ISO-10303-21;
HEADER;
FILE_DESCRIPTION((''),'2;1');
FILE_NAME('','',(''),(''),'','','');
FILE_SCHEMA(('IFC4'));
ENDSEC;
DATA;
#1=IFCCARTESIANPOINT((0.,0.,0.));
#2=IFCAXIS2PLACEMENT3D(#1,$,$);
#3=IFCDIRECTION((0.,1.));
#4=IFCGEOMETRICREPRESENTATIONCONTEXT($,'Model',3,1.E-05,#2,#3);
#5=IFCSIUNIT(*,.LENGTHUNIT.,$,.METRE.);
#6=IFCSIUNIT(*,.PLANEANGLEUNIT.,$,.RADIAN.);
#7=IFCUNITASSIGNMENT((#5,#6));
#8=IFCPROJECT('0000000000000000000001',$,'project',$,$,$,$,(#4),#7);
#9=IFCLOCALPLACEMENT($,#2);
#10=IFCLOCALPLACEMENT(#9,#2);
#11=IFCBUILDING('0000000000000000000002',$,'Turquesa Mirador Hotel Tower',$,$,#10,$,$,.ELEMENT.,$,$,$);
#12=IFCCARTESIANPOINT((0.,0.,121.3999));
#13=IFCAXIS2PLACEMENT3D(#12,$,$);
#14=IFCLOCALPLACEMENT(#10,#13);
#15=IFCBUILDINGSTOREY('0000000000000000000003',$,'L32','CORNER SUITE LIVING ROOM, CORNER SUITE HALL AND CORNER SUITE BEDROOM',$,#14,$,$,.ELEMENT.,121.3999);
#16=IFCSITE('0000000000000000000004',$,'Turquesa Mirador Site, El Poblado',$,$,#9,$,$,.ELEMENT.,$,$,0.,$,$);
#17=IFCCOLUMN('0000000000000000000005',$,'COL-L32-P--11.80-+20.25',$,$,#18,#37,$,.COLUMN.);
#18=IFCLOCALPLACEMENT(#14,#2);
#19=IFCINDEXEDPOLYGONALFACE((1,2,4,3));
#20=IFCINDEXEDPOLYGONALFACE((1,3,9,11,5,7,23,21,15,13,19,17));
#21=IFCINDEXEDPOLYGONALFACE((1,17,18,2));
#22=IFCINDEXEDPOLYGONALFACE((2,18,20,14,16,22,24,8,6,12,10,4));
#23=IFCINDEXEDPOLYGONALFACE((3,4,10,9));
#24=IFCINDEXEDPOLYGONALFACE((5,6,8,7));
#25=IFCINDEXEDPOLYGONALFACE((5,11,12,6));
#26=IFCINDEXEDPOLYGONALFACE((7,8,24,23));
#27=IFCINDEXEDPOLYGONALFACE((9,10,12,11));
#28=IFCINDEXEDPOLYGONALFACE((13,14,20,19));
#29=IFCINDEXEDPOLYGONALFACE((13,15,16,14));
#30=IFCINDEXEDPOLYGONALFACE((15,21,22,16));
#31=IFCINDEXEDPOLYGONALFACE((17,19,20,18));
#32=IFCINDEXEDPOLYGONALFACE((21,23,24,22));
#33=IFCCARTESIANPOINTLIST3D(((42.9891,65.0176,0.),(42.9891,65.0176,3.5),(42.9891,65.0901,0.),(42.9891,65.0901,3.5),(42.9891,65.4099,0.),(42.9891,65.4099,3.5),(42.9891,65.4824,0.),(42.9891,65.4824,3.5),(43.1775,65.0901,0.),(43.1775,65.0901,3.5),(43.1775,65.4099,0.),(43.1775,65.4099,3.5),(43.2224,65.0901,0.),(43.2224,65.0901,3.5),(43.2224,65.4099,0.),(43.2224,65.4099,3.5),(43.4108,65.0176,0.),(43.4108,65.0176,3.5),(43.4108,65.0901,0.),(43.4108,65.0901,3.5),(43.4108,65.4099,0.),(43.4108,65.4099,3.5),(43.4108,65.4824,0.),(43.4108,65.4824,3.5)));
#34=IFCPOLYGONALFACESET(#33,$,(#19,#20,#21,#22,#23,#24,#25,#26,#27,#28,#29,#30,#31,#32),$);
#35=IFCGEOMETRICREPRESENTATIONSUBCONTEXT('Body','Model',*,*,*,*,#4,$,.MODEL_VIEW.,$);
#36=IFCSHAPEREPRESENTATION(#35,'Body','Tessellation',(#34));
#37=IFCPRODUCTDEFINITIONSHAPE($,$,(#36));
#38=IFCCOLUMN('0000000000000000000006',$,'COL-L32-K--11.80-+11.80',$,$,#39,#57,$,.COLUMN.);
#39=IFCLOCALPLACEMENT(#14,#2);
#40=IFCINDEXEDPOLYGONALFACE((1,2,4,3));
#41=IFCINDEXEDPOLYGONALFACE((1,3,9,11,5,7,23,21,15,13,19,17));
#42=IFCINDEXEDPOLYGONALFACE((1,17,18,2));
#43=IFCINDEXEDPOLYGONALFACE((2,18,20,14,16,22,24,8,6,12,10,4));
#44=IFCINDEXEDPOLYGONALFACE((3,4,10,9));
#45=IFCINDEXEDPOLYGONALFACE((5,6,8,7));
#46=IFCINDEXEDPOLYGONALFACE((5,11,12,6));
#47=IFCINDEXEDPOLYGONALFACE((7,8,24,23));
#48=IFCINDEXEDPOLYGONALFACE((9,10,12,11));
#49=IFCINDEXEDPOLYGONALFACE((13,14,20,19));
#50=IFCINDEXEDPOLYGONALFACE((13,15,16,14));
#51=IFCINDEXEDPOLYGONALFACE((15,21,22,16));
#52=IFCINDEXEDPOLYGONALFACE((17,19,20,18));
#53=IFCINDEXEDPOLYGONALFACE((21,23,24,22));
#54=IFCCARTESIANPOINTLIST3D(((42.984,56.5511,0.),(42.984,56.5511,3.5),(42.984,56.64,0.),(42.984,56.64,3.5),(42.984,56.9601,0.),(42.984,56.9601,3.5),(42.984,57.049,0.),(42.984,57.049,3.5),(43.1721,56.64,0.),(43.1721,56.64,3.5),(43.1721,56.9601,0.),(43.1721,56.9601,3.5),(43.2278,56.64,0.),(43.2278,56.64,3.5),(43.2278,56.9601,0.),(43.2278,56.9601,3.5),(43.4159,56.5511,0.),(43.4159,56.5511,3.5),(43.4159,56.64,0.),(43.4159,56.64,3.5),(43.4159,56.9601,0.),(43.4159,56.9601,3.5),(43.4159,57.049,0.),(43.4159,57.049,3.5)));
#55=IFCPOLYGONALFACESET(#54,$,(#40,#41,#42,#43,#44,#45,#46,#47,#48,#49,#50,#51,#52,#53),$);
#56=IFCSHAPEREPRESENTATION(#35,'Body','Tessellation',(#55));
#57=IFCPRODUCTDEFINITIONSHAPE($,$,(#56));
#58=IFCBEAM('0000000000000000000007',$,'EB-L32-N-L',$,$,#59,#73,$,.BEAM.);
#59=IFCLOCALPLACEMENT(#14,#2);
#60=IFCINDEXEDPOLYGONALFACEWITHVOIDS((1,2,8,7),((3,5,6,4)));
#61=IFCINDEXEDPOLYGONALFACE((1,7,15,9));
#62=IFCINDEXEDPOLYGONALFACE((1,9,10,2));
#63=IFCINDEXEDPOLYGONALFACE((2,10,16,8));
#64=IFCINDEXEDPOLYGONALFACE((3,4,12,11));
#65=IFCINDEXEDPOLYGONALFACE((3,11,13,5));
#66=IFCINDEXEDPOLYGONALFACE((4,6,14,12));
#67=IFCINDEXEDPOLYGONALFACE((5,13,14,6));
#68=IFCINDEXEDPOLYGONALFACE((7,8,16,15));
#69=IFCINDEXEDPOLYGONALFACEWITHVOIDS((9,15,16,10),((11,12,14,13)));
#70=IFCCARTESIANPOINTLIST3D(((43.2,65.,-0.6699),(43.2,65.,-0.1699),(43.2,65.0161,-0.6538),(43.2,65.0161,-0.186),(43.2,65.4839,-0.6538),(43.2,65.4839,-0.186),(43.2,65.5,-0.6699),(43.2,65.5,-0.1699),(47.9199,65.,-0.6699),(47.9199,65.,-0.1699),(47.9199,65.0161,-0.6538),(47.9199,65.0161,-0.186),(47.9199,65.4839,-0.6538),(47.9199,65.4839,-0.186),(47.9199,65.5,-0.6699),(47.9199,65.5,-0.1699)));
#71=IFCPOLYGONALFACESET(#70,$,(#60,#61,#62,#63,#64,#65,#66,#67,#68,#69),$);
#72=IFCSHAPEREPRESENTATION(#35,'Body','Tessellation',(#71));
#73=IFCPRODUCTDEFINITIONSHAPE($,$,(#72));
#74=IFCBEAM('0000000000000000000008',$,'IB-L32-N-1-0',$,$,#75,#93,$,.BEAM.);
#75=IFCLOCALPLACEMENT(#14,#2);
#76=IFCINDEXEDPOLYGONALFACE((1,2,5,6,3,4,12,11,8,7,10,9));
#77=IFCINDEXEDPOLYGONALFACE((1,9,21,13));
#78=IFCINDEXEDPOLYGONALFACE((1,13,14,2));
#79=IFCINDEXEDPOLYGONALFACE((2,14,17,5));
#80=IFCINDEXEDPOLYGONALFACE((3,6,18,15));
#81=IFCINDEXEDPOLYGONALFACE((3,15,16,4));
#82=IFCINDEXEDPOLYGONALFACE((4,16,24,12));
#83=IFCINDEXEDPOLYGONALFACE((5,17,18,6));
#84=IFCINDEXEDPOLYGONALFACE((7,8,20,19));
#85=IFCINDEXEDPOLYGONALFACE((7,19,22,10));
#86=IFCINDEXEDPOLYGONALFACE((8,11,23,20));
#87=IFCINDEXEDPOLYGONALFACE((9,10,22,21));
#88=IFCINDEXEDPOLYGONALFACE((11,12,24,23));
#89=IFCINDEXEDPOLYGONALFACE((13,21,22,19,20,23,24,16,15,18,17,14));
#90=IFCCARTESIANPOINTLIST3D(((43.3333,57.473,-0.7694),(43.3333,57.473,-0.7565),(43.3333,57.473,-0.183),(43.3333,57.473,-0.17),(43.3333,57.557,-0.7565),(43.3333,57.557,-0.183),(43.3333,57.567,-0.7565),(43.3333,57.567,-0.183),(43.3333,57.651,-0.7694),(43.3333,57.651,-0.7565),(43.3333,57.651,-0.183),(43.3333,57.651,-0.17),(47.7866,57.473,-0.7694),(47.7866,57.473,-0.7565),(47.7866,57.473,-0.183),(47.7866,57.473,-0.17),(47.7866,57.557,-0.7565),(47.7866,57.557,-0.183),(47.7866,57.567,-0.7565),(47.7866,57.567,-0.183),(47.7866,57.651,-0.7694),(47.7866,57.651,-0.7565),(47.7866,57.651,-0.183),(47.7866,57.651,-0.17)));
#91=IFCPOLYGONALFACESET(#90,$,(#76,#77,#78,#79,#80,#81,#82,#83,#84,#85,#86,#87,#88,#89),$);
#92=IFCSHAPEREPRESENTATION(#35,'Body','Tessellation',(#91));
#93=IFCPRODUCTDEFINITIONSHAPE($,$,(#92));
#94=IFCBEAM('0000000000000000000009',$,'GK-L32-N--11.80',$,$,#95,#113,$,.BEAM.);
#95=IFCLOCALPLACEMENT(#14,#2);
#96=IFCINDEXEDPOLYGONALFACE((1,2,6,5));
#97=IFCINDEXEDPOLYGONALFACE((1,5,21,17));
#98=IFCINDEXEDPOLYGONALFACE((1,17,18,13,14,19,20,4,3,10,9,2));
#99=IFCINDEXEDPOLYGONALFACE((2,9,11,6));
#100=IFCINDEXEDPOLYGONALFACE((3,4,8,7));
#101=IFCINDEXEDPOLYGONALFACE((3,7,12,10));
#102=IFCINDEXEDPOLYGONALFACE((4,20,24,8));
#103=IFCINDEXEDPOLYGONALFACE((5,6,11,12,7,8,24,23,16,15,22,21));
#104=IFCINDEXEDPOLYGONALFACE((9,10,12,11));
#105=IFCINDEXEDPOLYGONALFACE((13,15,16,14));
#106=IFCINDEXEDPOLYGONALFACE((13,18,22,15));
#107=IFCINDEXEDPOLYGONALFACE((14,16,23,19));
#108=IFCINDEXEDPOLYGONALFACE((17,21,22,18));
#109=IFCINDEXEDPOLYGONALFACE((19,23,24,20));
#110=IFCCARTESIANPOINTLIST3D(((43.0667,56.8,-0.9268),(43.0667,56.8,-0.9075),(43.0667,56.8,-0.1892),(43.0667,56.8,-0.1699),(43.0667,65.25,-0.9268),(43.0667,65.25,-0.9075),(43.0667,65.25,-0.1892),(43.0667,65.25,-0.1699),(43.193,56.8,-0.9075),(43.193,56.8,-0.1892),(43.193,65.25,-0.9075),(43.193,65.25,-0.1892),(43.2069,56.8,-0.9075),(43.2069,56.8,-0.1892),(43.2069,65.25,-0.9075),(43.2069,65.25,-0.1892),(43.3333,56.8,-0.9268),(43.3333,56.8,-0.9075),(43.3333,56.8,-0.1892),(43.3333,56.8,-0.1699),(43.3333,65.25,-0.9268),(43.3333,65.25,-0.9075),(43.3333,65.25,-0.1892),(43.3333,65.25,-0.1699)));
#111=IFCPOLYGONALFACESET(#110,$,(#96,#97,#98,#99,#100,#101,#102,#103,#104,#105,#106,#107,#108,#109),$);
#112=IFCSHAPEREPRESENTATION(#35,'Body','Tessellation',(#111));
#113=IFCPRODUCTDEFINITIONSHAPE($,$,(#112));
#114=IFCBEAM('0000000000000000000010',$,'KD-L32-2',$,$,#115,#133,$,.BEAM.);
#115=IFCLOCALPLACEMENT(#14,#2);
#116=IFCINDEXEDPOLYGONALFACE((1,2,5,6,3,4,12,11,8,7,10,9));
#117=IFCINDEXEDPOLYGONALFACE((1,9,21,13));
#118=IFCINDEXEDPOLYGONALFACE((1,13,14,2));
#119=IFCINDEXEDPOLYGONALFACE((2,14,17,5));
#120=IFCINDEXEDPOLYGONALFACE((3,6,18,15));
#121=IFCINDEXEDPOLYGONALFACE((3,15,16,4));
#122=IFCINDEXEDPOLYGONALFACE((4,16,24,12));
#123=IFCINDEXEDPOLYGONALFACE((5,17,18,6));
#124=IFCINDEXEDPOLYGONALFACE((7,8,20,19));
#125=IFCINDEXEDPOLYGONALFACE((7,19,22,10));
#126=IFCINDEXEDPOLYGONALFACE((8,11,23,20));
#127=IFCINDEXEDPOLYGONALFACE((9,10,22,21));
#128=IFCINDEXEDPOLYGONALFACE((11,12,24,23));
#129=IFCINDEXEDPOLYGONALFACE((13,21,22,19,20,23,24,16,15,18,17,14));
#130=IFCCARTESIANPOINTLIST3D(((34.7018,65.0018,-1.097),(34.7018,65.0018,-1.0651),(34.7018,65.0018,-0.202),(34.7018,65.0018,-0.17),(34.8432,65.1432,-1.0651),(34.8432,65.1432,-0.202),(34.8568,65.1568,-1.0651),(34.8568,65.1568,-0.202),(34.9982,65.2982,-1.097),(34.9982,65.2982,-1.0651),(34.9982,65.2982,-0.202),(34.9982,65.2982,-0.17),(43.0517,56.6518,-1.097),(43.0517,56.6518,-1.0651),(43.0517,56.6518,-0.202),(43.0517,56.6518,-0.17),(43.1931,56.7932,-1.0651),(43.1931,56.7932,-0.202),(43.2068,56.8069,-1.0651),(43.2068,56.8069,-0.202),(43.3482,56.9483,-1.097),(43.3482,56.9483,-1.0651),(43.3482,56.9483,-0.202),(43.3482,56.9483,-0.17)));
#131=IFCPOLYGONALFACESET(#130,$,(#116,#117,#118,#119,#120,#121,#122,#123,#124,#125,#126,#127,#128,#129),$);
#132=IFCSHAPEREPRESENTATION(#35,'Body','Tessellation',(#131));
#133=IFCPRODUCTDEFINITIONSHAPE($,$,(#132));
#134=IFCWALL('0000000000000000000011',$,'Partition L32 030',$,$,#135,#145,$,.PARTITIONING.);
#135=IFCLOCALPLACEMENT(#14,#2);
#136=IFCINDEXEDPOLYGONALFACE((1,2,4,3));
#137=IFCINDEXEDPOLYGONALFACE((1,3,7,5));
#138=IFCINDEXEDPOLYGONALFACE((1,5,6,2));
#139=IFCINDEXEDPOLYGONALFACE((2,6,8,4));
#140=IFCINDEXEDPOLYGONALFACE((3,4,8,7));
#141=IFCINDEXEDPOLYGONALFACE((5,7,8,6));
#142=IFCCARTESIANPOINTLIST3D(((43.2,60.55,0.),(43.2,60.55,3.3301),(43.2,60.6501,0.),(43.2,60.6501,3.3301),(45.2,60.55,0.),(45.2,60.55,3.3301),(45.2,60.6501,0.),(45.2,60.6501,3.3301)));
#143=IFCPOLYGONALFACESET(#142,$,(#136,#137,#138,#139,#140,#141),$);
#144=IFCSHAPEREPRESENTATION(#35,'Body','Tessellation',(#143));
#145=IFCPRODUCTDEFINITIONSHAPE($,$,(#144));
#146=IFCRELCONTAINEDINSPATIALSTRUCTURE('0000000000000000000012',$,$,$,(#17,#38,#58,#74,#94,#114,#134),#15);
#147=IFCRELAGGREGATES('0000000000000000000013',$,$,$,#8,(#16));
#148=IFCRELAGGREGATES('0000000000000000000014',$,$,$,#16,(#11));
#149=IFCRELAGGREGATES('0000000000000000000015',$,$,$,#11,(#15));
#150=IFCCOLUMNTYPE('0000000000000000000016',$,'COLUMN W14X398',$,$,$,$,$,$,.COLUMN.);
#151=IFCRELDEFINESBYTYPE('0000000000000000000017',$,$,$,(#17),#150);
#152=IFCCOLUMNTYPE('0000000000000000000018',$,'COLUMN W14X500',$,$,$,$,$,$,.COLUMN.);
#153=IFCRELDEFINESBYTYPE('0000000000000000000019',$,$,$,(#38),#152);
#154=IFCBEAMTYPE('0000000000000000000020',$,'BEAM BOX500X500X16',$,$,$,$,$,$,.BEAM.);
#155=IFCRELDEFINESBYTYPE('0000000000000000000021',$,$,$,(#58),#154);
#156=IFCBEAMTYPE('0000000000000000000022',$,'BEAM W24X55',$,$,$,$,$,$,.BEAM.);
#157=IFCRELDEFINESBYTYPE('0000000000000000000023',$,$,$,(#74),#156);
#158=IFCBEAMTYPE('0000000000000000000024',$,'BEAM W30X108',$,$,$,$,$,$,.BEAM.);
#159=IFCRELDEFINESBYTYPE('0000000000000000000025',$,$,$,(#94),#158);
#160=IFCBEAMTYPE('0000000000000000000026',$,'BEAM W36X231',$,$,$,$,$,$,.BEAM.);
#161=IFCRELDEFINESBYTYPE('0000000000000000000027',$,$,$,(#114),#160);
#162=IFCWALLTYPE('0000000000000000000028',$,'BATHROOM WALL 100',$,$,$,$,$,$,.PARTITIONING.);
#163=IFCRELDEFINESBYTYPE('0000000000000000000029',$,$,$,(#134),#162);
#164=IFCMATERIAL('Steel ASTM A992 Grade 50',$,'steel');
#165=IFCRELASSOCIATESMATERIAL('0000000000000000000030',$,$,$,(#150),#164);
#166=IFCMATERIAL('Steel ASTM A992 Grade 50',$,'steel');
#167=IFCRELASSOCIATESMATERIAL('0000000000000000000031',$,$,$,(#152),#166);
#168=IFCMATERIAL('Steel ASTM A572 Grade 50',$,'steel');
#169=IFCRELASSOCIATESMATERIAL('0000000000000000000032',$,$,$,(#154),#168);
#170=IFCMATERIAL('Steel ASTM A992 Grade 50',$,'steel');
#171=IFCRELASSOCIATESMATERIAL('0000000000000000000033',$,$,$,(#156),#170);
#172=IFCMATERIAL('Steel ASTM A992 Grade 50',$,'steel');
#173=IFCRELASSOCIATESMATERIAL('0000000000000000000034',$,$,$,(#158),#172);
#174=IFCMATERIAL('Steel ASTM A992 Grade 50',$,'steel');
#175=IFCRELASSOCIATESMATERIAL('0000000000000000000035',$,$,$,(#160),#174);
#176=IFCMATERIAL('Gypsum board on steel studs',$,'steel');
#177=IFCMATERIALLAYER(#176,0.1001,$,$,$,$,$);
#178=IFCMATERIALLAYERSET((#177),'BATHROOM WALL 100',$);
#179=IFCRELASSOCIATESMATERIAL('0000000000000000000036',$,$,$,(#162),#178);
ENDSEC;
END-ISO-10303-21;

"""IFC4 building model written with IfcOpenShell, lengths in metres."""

from ifc_helpers import new_model, si_unit, direction, frame, frame_2d, origin, origin_2d, place, context, subcontext, project, spatial, rectangle, hollow_rectangle, i_section, extrude, material, layer, layer_set, material_profile, profile_set, type_object, element, save


model = new_model("IFC4")

# Units and contexts
model_context = context("Model", 3, precision=1e-05, world=origin(), true_north=direction((0.0, 1.0)))
body_context = subcontext(model_context, "Body", "Model", "MODEL_VIEW")
ifc_project = project(units=[si_unit("LENGTHUNIT", "METRE"), si_unit("PLANEANGLEUNIT", "RADIAN")], contexts=[model_context])

# Site, building, storey
site_placement = place(None, origin())
site = spatial("IfcSite", under=ifc_project, at=site_placement, Name="Turquesa Mirador Site, El Poblado", CompositionType="ELEMENT", RefElevation=0.0)
building_placement = place(site_placement, origin())
building = spatial("IfcBuilding", under=site, at=building_placement, Name="Turquesa Mirador Hotel Tower", CompositionType="ELEMENT")
storey_placement = place(building_placement, frame((0.0, 0.0, 121.3999)))
storey = spatial("IfcBuildingStorey", under=building, at=storey_placement, Name="L32", Description="CORNER SUITE LIVING ROOM, CORNER SUITE HALL AND CORNER SUITE BEDROOM", CompositionType="ELEMENT", Elevation=121.3999)

# Columns
ifc_material_1 = material(Name="Steel ASTM A992 Grade 50", Category="steel")
ifc_material_profile_1 = material_profile(ifc_material_1, i_section(OverallWidth=0.4216, OverallDepth=0.4648, WebThickness=0.0449, FlangeThickness=0.0725, at=origin_2d()), Name="W14X398")
ifc_profile_set_1 = profile_set([ifc_material_profile_1], Name="Steel ASTM A992 Grade 50")
column_type_1 = type_object("IfcColumnType", Name="COLUMN W14X398", PredefinedType="COLUMN", material=ifc_profile_set_1)
column_1_placement = place(storey_placement, frame((43.2, 65.25, 0.0), z_axis=(0.0, 0.0, 1.0), x_axis=(1.0, 0.0, 0.0)))
element("IfcColumn", 1, at=column_1_placement, inside=storey, type_object=column_type_1, Name="COL-L32-P--11.80-+20.25", PredefinedType="COLUMN", context=body_context, shape_type="SweptSolid", body=[
    extrude(i_section(OverallWidth=0.4216, OverallDepth=0.4648, WebThickness=0.0449, FlangeThickness=0.0725, at=origin_2d()), origin(), (0.0, 0.0, 1.0), 3.5),
])
ifc_material_2 = material(Name="Steel ASTM A992 Grade 50", Category="steel")
ifc_material_profile_2 = material_profile(ifc_material_2, i_section(OverallWidth=0.4319, OverallDepth=0.4978, WebThickness=0.0557, FlangeThickness=0.0889, at=origin_2d()), Name="W14X500")
ifc_profile_set_2 = profile_set([ifc_material_profile_2], Name="Steel ASTM A992 Grade 50")
column_type_2 = type_object("IfcColumnType", Name="COLUMN W14X500", PredefinedType="COLUMN", material=ifc_profile_set_2)
column_2_placement = place(storey_placement, frame((43.2, 56.8, 0.0), z_axis=(0.0, 0.0, 1.0), x_axis=(1.0, 0.0, 0.0)))
element("IfcColumn", 2, at=column_2_placement, inside=storey, type_object=column_type_2, Name="COL-L32-K--11.80-+11.80", PredefinedType="COLUMN", context=body_context, shape_type="SweptSolid", body=[
    extrude(i_section(OverallWidth=0.4319, OverallDepth=0.4978, WebThickness=0.0557, FlangeThickness=0.0889, at=origin_2d()), origin(), (0.0, 0.0, 1.0), 3.5),
])

# Beams
ifc_material_3 = material(Name="Steel ASTM A572 Grade 50", Category="steel")
ifc_material_profile_3 = material_profile(ifc_material_3, hollow_rectangle(XDim=0.5, YDim=0.5, WallThickness=0.0161, at=origin_2d()), Name="BOX500X500X16")
ifc_profile_set_3 = profile_set([ifc_material_profile_3], Name="Steel ASTM A572 Grade 50")
beam_type_1 = type_object("IfcBeamType", Name="BEAM BOX500X500X16", PredefinedType="BEAM", material=ifc_profile_set_3)
beam_1_placement = place(storey_placement, frame((43.2, 65.25, -0.4199), z_axis=(1.0, 0.0, 0.0), x_axis=(0.0, 1.0, 0.0)))
element("IfcBeam", 3, at=beam_1_placement, inside=storey, type_object=beam_type_1, Name="EB-L32-N-L", PredefinedType="BEAM", context=body_context, shape_type="SweptSolid", body=[
    extrude(hollow_rectangle(XDim=0.5, YDim=0.5, WallThickness=0.0161, at=origin_2d()), origin(), (0.0, 0.0, 1.0), 4.72),
])
ifc_material_4 = material(Name="Steel ASTM A992 Grade 50", Category="steel")
ifc_material_profile_4 = material_profile(ifc_material_4, i_section(OverallWidth=0.178, OverallDepth=0.5994, WebThickness=0.01, FlangeThickness=0.0129, at=origin_2d()), Name="W24X55")
ifc_profile_set_4 = profile_set([ifc_material_profile_4], Name="Steel ASTM A992 Grade 50")
beam_type_2 = type_object("IfcBeamType", Name="BEAM W24X55", PredefinedType="BEAM", material=ifc_profile_set_4)
beam_2_placement = place(storey_placement, frame((43.3333, 57.562, -0.4697), z_axis=(1.0, 0.0, 0.0), x_axis=(0.0, 1.0, 0.0)))
element("IfcBeam", 4, at=beam_2_placement, inside=storey, type_object=beam_type_2, Name="IB-L32-N-1-0", PredefinedType="BEAM", context=body_context, shape_type="SweptSolid", body=[
    extrude(i_section(OverallWidth=0.178, OverallDepth=0.5994, WebThickness=0.01, FlangeThickness=0.0129, at=origin_2d()), origin(), (0.0, 0.0, 1.0), 4.4534),
])
ifc_material_5 = material(Name="Steel ASTM A992 Grade 50", Category="steel")
ifc_material_profile_5 = material_profile(ifc_material_5, i_section(OverallWidth=0.2666, OverallDepth=0.7568, WebThickness=0.0139, FlangeThickness=0.0193, at=origin_2d()), Name="W30X108")
ifc_profile_set_5 = profile_set([ifc_material_profile_5], Name="Steel ASTM A992 Grade 50")
beam_type_3 = type_object("IfcBeamType", Name="BEAM W30X108", PredefinedType="BEAM", material=ifc_profile_set_5)
beam_3_placement = place(storey_placement, frame((43.2, 65.25, -0.5483), z_axis=(0.0, -1.0, 0.0), x_axis=(1.0, 0.0, 0.0)))
element("IfcBeam", 5, at=beam_3_placement, inside=storey, type_object=beam_type_3, Name="GK-L32-N--11.80", PredefinedType="BEAM", context=body_context, shape_type="SweptSolid", body=[
    extrude(i_section(OverallWidth=0.2666, OverallDepth=0.7568, WebThickness=0.0139, FlangeThickness=0.0193, at=origin_2d()), origin(), (0.0, 0.0, 1.0), 8.45),
])
ifc_material_6 = material(Name="Steel ASTM A992 Grade 50", Category="steel")
ifc_material_profile_6 = material_profile(ifc_material_6, i_section(OverallWidth=0.4192, OverallDepth=0.927, WebThickness=0.0193, FlangeThickness=0.032, at=origin_2d()), Name="W36X231")
ifc_profile_set_6 = profile_set([ifc_material_profile_6], Name="Steel ASTM A992 Grade 50")
beam_type_4 = type_object("IfcBeamType", Name="BEAM W36X231", PredefinedType="BEAM", material=ifc_profile_set_6)
beam_4_placement = place(storey_placement, frame((43.2, 56.8, -0.6335), z_axis=(-0.707107, 0.707107, 0.0), x_axis=(-0.707107, -0.707107, 0.0)))
element("IfcBeam", 6, at=beam_4_placement, inside=storey, type_object=beam_type_4, Name="KD-L32-2", PredefinedType="BEAM", context=body_context, shape_type="SweptSolid", body=[
    extrude(i_section(OverallWidth=0.4192, OverallDepth=0.927, WebThickness=0.0193, FlangeThickness=0.032, at=origin_2d()), origin(), (0.0, 0.0, 1.0), 11.8086),
])

# Wall
ifc_material_7 = material(Name="Gypsum board on steel studs", Category="steel")
ifc_layer_1 = layer(ifc_material_7, 0.1001)
ifc_layer_set_1 = layer_set([ifc_layer_1], Name="BATHROOM WALL 100")
wall_type_1 = type_object("IfcWallType", Name="BATHROOM WALL 100", PredefinedType="PARTITIONING", material=ifc_layer_set_1)
wall_1_placement = place(storey_placement, frame((43.2, 60.6001, 0.0), z_axis=(0.0, 0.0, 1.0), x_axis=(1.0, 0.0, 0.0)))
element("IfcWall", 7, at=wall_1_placement, inside=storey, type_object=wall_type_1, Name="Partition L32 030", PredefinedType="PARTITIONING", context=body_context, shape_type="SweptSolid", body=[
    extrude(rectangle(XDim=2.0, YDim=0.1001, at=frame_2d((1.0, 0.0))), origin(), (0.0, 0.0, 1.0), 3.3301),
])

save(model, "model.ifc")
